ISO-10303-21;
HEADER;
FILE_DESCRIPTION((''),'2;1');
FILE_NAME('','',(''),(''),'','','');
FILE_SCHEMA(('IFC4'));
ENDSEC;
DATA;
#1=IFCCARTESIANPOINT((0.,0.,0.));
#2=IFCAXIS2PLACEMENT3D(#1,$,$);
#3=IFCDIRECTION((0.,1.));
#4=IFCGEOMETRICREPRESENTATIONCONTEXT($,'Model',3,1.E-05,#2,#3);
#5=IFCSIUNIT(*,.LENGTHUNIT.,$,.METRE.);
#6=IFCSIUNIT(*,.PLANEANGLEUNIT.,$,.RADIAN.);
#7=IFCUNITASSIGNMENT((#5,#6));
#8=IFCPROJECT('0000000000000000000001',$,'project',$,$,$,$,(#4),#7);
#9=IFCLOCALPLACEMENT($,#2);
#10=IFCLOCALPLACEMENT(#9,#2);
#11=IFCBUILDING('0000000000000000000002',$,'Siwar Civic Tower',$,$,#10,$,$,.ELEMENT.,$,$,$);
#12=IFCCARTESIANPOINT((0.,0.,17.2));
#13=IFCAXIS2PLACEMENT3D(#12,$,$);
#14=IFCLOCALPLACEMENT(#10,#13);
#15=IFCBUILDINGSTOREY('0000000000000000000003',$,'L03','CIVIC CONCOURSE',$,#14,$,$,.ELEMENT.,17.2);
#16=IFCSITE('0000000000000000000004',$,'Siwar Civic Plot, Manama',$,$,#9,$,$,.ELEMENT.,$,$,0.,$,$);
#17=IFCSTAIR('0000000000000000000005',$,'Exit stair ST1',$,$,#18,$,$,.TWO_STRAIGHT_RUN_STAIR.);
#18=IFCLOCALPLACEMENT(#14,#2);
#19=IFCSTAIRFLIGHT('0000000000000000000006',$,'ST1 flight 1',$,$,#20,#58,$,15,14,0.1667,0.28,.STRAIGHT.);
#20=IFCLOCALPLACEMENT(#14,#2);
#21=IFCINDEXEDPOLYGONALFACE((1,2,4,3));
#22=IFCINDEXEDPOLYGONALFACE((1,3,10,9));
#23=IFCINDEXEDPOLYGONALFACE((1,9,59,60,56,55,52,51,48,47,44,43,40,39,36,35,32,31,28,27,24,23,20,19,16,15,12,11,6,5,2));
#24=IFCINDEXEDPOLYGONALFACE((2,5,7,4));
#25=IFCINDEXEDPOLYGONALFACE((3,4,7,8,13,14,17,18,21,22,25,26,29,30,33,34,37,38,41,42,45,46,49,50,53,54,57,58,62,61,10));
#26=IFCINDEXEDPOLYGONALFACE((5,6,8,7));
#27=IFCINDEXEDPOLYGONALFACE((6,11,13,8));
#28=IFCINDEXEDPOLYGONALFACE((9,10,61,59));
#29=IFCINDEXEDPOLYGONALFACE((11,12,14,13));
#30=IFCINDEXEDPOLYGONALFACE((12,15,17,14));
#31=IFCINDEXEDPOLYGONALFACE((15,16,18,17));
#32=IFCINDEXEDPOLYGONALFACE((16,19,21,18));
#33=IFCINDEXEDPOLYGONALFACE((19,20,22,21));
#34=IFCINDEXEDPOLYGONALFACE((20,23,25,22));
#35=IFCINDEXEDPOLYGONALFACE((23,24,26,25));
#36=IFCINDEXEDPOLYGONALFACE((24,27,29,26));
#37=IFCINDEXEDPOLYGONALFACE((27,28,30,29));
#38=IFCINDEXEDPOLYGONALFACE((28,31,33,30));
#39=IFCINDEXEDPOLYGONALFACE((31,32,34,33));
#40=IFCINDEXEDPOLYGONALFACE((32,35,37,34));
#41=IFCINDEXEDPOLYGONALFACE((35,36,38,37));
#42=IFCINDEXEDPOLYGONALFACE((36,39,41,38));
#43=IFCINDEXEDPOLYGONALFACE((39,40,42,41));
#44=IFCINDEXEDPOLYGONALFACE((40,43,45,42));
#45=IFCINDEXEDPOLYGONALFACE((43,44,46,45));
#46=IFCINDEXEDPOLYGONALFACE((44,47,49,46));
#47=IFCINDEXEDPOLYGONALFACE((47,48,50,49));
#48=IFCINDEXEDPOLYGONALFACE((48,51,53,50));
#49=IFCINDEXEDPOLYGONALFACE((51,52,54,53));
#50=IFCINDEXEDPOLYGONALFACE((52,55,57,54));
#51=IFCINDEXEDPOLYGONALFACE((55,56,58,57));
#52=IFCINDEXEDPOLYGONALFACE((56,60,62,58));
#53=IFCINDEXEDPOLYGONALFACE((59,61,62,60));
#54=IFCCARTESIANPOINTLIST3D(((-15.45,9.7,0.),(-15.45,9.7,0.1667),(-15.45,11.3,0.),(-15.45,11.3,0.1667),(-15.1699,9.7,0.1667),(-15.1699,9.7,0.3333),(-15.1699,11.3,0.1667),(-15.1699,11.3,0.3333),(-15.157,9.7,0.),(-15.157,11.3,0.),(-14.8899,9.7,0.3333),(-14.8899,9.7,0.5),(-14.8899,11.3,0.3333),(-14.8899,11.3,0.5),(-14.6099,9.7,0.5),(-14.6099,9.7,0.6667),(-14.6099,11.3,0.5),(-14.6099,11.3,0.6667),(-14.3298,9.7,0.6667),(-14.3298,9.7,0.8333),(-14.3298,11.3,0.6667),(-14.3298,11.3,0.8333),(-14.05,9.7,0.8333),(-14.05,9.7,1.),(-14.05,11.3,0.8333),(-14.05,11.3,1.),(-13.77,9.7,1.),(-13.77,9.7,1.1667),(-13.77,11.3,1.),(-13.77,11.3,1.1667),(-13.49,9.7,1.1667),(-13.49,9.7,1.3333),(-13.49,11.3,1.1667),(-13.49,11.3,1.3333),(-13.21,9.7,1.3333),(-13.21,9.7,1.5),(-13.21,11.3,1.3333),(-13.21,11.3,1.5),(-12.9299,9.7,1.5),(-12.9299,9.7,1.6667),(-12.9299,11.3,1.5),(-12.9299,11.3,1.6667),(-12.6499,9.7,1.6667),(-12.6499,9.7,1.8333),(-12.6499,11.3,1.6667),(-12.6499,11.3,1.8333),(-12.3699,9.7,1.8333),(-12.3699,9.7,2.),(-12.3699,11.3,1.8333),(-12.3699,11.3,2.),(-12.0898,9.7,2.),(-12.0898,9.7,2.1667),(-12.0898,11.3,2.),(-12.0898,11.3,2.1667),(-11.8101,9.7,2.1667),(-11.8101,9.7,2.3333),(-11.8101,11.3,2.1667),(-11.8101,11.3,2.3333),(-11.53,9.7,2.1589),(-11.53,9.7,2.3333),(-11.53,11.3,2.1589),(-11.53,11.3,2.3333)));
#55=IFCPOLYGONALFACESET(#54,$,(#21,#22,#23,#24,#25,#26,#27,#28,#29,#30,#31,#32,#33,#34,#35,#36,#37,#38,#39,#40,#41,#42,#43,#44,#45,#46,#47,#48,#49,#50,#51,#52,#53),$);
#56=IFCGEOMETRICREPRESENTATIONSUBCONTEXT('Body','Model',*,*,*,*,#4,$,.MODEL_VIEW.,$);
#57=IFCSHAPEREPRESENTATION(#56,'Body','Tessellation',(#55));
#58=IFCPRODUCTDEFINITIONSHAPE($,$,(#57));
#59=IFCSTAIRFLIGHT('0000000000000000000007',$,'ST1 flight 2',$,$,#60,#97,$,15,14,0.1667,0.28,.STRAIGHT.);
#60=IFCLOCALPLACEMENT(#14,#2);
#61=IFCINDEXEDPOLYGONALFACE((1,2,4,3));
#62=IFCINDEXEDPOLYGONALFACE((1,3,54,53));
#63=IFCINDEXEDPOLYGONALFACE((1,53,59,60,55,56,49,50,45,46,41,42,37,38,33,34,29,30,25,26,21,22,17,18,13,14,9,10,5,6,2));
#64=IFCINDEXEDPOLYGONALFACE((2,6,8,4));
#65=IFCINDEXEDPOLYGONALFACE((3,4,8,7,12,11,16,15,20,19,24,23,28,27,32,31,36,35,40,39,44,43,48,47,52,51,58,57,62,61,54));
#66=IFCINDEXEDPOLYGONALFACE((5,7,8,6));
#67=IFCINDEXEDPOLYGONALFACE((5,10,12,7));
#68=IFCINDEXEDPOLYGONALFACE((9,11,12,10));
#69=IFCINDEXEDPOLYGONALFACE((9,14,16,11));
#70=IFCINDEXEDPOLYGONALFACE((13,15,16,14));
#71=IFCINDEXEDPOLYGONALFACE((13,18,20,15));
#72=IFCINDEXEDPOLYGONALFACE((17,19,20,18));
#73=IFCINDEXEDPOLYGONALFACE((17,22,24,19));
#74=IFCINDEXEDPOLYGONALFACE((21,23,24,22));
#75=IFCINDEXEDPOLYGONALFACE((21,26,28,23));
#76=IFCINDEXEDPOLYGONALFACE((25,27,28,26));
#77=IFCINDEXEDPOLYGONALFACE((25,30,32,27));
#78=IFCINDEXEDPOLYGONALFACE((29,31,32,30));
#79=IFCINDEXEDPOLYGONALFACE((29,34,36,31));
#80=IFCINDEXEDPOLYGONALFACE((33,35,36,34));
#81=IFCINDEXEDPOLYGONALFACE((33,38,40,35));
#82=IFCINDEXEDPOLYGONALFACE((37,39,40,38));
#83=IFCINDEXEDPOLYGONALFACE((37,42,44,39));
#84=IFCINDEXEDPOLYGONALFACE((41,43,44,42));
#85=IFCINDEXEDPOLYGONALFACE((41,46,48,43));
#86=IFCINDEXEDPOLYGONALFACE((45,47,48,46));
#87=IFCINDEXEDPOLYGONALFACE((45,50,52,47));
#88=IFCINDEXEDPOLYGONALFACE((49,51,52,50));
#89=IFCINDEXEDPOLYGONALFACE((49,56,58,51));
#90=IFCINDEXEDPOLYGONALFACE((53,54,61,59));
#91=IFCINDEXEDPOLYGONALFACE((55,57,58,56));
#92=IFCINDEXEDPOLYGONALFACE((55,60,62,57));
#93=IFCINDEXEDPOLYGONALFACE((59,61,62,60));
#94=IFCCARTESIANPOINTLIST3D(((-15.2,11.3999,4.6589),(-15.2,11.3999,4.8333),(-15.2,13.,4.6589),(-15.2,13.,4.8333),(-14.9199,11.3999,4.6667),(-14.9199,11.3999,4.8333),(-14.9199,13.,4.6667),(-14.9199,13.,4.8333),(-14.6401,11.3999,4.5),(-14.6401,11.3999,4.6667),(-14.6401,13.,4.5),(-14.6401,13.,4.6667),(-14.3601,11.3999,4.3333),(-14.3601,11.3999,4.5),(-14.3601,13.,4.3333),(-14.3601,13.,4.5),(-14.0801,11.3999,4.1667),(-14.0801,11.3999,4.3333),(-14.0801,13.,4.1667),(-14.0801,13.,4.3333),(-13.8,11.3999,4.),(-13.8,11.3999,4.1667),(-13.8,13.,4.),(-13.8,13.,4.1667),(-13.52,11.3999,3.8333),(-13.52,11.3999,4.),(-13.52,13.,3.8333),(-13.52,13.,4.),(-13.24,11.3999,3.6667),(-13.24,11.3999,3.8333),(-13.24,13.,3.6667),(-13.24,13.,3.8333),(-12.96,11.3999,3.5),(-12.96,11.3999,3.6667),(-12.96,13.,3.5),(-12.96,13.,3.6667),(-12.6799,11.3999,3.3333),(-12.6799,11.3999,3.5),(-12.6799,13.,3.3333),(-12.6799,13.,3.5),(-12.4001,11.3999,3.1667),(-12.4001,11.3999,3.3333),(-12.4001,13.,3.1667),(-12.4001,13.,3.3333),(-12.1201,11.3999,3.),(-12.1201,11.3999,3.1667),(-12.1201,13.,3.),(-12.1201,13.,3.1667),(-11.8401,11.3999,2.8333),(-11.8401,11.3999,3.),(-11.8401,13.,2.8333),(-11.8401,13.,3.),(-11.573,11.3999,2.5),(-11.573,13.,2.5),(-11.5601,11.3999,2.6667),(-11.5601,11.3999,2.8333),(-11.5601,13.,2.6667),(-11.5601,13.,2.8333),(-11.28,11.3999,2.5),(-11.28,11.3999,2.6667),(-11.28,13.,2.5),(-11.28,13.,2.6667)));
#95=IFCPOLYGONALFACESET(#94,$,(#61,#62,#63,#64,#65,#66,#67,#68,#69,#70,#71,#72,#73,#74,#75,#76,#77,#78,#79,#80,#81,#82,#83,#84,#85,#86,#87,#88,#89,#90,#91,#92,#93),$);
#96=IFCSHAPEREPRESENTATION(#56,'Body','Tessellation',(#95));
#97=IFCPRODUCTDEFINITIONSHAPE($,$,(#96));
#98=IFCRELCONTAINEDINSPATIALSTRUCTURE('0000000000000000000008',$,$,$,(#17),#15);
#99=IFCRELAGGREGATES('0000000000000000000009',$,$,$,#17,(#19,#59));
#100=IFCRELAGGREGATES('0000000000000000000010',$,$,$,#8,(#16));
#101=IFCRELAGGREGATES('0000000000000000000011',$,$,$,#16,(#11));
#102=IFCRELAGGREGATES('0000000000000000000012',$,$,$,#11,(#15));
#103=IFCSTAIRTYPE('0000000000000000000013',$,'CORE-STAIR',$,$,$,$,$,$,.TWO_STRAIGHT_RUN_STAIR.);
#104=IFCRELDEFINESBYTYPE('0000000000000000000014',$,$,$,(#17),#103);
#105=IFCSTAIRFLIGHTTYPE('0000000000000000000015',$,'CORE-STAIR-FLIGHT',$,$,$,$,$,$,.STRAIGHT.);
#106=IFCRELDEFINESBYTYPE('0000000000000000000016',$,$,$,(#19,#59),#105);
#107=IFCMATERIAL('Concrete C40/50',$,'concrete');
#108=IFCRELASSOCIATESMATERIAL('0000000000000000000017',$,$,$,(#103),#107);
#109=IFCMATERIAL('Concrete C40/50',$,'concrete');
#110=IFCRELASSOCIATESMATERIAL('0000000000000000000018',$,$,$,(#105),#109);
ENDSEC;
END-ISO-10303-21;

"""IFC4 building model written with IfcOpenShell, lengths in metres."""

from ifc_helpers import new_model, si_unit, direction, frame, origin, place, context, subcontext, project, spatial, polyline, outline, extrude, material, type_object, element, aggregate, save


model = new_model("IFC4")

# Units and contexts
model_context = context("Model", 3, precision=1e-05, world=origin(), true_north=direction((0.0, 1.0)))
body_context = subcontext(model_context, "Body", "Model", "MODEL_VIEW")
ifc_project = project(units=[si_unit("LENGTHUNIT", "METRE"), si_unit("PLANEANGLEUNIT", "RADIAN")], contexts=[model_context])

# Site, building, storey
site_placement = place(None, origin())
site = spatial("IfcSite", under=ifc_project, at=site_placement, Name="Siwar Civic Plot, Manama", CompositionType="ELEMENT", RefElevation=0.0)
building_placement = place(site_placement, origin())
building = spatial("IfcBuilding", under=site, at=building_placement, Name="Siwar Civic Tower", CompositionType="ELEMENT")
storey_placement = place(building_placement, frame((0.0, 0.0, 17.2)))
storey = spatial("IfcBuildingStorey", under=building, at=storey_placement, Name="L03", Description="CIVIC CONCOURSE", CompositionType="ELEMENT", Elevation=17.2)

# Stair, stair flights
ifc_material_1 = material(Name="Concrete C40/50", Category="concrete")
stair_type = type_object("IfcStairType", Name="CORE-STAIR", PredefinedType="TWO_STRAIGHT_RUN_STAIR", material=ifc_material_1)
stair_placement = place(storey_placement, origin())
stair = element("IfcStair", 1, at=stair_placement, inside=storey, type_object=stair_type, Name="Exit stair ST1", PredefinedType="TWO_STRAIGHT_RUN_STAIR")
ifc_material_2 = material(Name="Concrete C40/50", Category="concrete")
stair_flight_type = type_object("IfcStairFlightType", Name="CORE-STAIR-FLIGHT", PredefinedType="STRAIGHT", material=ifc_material_2)
stair_flight_1_placement = place(storey_placement, frame((-15.45, 10.5, 0.0), z_axis=(0.0, 0.0, 1.0), x_axis=(1.0, 0.0, 0.0)))
stair_flight_1 = element("IfcStairFlight", 2, at=stair_flight_1_placement, type_object=stair_flight_type, Name="ST1 flight 1", NumberOfRisers=15, NumberOfTreads=14, PredefinedType="STRAIGHT", RiserHeight=0.1667, TreadLength=0.28, context=body_context, shape_type="SweptSolid", body=[
    extrude(outline(polyline([(0.0, 0.0), (0.0, 0.1667), (0.28, 0.1667), (0.28, 0.3333), (0.5601, 0.3333), (0.5601, 0.5), (0.8401, 0.5), (0.8401, 0.6667), (1.1201, 0.6667), (1.1201, 0.8333), (1.3999, 0.8333), (1.3999, 1.0), (1.6799, 1.0), (1.6799, 1.1667), (1.96, 1.1667), (1.96, 1.3333), (2.24, 1.3333), (2.24, 1.5), (2.52, 1.5), (2.52, 1.6667), (2.8, 1.6667), (2.8, 1.8333), (3.0801, 1.8333), (3.0801, 2.0), (3.3601, 2.0), (3.3601, 2.1667), (3.6399, 2.1667), (3.6399, 2.3333), (3.9199, 2.3333), (3.9199, 2.5), (3.9199, 2.1589), (0.293, 0.0), (0.0, 0.0)])), frame((0.0, 0.8, 0.0), z_axis=(0.0, -1.0, 0.0), x_axis=(1.0, 0.0, 0.0)), (0.0, 0.0, 1.0), 1.6001),
])
stair_flight_2_placement = place(storey_placement, frame((-11.28, 12.2, 2.5), z_axis=(0.0, 0.0, 1.0), x_axis=(-1.0, 0.0, 0.0)))
stair_flight_2 = element("IfcStairFlight", 3, at=stair_flight_2_placement, type_object=stair_flight_type, Name="ST1 flight 2", NumberOfRisers=15, NumberOfTreads=14, PredefinedType="STRAIGHT", RiserHeight=0.1667, TreadLength=0.28, context=body_context, shape_type="SweptSolid", body=[
    extrude(outline(polyline([(0.0, 0.0), (0.0, 0.1667), (0.28, 0.1667), (0.28, 0.3333), (0.5601, 0.3333), (0.5601, 0.5), (0.8401, 0.5), (0.8401, 0.6667), (1.1201, 0.6667), (1.1201, 0.8333), (1.3999, 0.8333), (1.3999, 1.0), (1.6799, 1.0), (1.6799, 1.1667), (1.96, 1.1667), (1.96, 1.3333), (2.24, 1.3333), (2.24, 1.5), (2.52, 1.5), (2.52, 1.6667), (2.8, 1.6667), (2.8, 1.8333), (3.0801, 1.8333), (3.0801, 2.0), (3.3601, 2.0), (3.3601, 2.1667), (3.6399, 2.1667), (3.6399, 2.3333), (3.9199, 2.3333), (3.9199, 2.5), (3.9199, 2.1589), (0.293, 0.0), (0.0, 0.0)])), frame((0.0, 0.8, 0.0), z_axis=(0.0, -1.0, 0.0), x_axis=(1.0, 0.0, 0.0)), (0.0, 0.0, 1.0), 1.6001),
])
aggregate(stair, [stair_flight_1, stair_flight_2])

save(model, "model.ifc")
